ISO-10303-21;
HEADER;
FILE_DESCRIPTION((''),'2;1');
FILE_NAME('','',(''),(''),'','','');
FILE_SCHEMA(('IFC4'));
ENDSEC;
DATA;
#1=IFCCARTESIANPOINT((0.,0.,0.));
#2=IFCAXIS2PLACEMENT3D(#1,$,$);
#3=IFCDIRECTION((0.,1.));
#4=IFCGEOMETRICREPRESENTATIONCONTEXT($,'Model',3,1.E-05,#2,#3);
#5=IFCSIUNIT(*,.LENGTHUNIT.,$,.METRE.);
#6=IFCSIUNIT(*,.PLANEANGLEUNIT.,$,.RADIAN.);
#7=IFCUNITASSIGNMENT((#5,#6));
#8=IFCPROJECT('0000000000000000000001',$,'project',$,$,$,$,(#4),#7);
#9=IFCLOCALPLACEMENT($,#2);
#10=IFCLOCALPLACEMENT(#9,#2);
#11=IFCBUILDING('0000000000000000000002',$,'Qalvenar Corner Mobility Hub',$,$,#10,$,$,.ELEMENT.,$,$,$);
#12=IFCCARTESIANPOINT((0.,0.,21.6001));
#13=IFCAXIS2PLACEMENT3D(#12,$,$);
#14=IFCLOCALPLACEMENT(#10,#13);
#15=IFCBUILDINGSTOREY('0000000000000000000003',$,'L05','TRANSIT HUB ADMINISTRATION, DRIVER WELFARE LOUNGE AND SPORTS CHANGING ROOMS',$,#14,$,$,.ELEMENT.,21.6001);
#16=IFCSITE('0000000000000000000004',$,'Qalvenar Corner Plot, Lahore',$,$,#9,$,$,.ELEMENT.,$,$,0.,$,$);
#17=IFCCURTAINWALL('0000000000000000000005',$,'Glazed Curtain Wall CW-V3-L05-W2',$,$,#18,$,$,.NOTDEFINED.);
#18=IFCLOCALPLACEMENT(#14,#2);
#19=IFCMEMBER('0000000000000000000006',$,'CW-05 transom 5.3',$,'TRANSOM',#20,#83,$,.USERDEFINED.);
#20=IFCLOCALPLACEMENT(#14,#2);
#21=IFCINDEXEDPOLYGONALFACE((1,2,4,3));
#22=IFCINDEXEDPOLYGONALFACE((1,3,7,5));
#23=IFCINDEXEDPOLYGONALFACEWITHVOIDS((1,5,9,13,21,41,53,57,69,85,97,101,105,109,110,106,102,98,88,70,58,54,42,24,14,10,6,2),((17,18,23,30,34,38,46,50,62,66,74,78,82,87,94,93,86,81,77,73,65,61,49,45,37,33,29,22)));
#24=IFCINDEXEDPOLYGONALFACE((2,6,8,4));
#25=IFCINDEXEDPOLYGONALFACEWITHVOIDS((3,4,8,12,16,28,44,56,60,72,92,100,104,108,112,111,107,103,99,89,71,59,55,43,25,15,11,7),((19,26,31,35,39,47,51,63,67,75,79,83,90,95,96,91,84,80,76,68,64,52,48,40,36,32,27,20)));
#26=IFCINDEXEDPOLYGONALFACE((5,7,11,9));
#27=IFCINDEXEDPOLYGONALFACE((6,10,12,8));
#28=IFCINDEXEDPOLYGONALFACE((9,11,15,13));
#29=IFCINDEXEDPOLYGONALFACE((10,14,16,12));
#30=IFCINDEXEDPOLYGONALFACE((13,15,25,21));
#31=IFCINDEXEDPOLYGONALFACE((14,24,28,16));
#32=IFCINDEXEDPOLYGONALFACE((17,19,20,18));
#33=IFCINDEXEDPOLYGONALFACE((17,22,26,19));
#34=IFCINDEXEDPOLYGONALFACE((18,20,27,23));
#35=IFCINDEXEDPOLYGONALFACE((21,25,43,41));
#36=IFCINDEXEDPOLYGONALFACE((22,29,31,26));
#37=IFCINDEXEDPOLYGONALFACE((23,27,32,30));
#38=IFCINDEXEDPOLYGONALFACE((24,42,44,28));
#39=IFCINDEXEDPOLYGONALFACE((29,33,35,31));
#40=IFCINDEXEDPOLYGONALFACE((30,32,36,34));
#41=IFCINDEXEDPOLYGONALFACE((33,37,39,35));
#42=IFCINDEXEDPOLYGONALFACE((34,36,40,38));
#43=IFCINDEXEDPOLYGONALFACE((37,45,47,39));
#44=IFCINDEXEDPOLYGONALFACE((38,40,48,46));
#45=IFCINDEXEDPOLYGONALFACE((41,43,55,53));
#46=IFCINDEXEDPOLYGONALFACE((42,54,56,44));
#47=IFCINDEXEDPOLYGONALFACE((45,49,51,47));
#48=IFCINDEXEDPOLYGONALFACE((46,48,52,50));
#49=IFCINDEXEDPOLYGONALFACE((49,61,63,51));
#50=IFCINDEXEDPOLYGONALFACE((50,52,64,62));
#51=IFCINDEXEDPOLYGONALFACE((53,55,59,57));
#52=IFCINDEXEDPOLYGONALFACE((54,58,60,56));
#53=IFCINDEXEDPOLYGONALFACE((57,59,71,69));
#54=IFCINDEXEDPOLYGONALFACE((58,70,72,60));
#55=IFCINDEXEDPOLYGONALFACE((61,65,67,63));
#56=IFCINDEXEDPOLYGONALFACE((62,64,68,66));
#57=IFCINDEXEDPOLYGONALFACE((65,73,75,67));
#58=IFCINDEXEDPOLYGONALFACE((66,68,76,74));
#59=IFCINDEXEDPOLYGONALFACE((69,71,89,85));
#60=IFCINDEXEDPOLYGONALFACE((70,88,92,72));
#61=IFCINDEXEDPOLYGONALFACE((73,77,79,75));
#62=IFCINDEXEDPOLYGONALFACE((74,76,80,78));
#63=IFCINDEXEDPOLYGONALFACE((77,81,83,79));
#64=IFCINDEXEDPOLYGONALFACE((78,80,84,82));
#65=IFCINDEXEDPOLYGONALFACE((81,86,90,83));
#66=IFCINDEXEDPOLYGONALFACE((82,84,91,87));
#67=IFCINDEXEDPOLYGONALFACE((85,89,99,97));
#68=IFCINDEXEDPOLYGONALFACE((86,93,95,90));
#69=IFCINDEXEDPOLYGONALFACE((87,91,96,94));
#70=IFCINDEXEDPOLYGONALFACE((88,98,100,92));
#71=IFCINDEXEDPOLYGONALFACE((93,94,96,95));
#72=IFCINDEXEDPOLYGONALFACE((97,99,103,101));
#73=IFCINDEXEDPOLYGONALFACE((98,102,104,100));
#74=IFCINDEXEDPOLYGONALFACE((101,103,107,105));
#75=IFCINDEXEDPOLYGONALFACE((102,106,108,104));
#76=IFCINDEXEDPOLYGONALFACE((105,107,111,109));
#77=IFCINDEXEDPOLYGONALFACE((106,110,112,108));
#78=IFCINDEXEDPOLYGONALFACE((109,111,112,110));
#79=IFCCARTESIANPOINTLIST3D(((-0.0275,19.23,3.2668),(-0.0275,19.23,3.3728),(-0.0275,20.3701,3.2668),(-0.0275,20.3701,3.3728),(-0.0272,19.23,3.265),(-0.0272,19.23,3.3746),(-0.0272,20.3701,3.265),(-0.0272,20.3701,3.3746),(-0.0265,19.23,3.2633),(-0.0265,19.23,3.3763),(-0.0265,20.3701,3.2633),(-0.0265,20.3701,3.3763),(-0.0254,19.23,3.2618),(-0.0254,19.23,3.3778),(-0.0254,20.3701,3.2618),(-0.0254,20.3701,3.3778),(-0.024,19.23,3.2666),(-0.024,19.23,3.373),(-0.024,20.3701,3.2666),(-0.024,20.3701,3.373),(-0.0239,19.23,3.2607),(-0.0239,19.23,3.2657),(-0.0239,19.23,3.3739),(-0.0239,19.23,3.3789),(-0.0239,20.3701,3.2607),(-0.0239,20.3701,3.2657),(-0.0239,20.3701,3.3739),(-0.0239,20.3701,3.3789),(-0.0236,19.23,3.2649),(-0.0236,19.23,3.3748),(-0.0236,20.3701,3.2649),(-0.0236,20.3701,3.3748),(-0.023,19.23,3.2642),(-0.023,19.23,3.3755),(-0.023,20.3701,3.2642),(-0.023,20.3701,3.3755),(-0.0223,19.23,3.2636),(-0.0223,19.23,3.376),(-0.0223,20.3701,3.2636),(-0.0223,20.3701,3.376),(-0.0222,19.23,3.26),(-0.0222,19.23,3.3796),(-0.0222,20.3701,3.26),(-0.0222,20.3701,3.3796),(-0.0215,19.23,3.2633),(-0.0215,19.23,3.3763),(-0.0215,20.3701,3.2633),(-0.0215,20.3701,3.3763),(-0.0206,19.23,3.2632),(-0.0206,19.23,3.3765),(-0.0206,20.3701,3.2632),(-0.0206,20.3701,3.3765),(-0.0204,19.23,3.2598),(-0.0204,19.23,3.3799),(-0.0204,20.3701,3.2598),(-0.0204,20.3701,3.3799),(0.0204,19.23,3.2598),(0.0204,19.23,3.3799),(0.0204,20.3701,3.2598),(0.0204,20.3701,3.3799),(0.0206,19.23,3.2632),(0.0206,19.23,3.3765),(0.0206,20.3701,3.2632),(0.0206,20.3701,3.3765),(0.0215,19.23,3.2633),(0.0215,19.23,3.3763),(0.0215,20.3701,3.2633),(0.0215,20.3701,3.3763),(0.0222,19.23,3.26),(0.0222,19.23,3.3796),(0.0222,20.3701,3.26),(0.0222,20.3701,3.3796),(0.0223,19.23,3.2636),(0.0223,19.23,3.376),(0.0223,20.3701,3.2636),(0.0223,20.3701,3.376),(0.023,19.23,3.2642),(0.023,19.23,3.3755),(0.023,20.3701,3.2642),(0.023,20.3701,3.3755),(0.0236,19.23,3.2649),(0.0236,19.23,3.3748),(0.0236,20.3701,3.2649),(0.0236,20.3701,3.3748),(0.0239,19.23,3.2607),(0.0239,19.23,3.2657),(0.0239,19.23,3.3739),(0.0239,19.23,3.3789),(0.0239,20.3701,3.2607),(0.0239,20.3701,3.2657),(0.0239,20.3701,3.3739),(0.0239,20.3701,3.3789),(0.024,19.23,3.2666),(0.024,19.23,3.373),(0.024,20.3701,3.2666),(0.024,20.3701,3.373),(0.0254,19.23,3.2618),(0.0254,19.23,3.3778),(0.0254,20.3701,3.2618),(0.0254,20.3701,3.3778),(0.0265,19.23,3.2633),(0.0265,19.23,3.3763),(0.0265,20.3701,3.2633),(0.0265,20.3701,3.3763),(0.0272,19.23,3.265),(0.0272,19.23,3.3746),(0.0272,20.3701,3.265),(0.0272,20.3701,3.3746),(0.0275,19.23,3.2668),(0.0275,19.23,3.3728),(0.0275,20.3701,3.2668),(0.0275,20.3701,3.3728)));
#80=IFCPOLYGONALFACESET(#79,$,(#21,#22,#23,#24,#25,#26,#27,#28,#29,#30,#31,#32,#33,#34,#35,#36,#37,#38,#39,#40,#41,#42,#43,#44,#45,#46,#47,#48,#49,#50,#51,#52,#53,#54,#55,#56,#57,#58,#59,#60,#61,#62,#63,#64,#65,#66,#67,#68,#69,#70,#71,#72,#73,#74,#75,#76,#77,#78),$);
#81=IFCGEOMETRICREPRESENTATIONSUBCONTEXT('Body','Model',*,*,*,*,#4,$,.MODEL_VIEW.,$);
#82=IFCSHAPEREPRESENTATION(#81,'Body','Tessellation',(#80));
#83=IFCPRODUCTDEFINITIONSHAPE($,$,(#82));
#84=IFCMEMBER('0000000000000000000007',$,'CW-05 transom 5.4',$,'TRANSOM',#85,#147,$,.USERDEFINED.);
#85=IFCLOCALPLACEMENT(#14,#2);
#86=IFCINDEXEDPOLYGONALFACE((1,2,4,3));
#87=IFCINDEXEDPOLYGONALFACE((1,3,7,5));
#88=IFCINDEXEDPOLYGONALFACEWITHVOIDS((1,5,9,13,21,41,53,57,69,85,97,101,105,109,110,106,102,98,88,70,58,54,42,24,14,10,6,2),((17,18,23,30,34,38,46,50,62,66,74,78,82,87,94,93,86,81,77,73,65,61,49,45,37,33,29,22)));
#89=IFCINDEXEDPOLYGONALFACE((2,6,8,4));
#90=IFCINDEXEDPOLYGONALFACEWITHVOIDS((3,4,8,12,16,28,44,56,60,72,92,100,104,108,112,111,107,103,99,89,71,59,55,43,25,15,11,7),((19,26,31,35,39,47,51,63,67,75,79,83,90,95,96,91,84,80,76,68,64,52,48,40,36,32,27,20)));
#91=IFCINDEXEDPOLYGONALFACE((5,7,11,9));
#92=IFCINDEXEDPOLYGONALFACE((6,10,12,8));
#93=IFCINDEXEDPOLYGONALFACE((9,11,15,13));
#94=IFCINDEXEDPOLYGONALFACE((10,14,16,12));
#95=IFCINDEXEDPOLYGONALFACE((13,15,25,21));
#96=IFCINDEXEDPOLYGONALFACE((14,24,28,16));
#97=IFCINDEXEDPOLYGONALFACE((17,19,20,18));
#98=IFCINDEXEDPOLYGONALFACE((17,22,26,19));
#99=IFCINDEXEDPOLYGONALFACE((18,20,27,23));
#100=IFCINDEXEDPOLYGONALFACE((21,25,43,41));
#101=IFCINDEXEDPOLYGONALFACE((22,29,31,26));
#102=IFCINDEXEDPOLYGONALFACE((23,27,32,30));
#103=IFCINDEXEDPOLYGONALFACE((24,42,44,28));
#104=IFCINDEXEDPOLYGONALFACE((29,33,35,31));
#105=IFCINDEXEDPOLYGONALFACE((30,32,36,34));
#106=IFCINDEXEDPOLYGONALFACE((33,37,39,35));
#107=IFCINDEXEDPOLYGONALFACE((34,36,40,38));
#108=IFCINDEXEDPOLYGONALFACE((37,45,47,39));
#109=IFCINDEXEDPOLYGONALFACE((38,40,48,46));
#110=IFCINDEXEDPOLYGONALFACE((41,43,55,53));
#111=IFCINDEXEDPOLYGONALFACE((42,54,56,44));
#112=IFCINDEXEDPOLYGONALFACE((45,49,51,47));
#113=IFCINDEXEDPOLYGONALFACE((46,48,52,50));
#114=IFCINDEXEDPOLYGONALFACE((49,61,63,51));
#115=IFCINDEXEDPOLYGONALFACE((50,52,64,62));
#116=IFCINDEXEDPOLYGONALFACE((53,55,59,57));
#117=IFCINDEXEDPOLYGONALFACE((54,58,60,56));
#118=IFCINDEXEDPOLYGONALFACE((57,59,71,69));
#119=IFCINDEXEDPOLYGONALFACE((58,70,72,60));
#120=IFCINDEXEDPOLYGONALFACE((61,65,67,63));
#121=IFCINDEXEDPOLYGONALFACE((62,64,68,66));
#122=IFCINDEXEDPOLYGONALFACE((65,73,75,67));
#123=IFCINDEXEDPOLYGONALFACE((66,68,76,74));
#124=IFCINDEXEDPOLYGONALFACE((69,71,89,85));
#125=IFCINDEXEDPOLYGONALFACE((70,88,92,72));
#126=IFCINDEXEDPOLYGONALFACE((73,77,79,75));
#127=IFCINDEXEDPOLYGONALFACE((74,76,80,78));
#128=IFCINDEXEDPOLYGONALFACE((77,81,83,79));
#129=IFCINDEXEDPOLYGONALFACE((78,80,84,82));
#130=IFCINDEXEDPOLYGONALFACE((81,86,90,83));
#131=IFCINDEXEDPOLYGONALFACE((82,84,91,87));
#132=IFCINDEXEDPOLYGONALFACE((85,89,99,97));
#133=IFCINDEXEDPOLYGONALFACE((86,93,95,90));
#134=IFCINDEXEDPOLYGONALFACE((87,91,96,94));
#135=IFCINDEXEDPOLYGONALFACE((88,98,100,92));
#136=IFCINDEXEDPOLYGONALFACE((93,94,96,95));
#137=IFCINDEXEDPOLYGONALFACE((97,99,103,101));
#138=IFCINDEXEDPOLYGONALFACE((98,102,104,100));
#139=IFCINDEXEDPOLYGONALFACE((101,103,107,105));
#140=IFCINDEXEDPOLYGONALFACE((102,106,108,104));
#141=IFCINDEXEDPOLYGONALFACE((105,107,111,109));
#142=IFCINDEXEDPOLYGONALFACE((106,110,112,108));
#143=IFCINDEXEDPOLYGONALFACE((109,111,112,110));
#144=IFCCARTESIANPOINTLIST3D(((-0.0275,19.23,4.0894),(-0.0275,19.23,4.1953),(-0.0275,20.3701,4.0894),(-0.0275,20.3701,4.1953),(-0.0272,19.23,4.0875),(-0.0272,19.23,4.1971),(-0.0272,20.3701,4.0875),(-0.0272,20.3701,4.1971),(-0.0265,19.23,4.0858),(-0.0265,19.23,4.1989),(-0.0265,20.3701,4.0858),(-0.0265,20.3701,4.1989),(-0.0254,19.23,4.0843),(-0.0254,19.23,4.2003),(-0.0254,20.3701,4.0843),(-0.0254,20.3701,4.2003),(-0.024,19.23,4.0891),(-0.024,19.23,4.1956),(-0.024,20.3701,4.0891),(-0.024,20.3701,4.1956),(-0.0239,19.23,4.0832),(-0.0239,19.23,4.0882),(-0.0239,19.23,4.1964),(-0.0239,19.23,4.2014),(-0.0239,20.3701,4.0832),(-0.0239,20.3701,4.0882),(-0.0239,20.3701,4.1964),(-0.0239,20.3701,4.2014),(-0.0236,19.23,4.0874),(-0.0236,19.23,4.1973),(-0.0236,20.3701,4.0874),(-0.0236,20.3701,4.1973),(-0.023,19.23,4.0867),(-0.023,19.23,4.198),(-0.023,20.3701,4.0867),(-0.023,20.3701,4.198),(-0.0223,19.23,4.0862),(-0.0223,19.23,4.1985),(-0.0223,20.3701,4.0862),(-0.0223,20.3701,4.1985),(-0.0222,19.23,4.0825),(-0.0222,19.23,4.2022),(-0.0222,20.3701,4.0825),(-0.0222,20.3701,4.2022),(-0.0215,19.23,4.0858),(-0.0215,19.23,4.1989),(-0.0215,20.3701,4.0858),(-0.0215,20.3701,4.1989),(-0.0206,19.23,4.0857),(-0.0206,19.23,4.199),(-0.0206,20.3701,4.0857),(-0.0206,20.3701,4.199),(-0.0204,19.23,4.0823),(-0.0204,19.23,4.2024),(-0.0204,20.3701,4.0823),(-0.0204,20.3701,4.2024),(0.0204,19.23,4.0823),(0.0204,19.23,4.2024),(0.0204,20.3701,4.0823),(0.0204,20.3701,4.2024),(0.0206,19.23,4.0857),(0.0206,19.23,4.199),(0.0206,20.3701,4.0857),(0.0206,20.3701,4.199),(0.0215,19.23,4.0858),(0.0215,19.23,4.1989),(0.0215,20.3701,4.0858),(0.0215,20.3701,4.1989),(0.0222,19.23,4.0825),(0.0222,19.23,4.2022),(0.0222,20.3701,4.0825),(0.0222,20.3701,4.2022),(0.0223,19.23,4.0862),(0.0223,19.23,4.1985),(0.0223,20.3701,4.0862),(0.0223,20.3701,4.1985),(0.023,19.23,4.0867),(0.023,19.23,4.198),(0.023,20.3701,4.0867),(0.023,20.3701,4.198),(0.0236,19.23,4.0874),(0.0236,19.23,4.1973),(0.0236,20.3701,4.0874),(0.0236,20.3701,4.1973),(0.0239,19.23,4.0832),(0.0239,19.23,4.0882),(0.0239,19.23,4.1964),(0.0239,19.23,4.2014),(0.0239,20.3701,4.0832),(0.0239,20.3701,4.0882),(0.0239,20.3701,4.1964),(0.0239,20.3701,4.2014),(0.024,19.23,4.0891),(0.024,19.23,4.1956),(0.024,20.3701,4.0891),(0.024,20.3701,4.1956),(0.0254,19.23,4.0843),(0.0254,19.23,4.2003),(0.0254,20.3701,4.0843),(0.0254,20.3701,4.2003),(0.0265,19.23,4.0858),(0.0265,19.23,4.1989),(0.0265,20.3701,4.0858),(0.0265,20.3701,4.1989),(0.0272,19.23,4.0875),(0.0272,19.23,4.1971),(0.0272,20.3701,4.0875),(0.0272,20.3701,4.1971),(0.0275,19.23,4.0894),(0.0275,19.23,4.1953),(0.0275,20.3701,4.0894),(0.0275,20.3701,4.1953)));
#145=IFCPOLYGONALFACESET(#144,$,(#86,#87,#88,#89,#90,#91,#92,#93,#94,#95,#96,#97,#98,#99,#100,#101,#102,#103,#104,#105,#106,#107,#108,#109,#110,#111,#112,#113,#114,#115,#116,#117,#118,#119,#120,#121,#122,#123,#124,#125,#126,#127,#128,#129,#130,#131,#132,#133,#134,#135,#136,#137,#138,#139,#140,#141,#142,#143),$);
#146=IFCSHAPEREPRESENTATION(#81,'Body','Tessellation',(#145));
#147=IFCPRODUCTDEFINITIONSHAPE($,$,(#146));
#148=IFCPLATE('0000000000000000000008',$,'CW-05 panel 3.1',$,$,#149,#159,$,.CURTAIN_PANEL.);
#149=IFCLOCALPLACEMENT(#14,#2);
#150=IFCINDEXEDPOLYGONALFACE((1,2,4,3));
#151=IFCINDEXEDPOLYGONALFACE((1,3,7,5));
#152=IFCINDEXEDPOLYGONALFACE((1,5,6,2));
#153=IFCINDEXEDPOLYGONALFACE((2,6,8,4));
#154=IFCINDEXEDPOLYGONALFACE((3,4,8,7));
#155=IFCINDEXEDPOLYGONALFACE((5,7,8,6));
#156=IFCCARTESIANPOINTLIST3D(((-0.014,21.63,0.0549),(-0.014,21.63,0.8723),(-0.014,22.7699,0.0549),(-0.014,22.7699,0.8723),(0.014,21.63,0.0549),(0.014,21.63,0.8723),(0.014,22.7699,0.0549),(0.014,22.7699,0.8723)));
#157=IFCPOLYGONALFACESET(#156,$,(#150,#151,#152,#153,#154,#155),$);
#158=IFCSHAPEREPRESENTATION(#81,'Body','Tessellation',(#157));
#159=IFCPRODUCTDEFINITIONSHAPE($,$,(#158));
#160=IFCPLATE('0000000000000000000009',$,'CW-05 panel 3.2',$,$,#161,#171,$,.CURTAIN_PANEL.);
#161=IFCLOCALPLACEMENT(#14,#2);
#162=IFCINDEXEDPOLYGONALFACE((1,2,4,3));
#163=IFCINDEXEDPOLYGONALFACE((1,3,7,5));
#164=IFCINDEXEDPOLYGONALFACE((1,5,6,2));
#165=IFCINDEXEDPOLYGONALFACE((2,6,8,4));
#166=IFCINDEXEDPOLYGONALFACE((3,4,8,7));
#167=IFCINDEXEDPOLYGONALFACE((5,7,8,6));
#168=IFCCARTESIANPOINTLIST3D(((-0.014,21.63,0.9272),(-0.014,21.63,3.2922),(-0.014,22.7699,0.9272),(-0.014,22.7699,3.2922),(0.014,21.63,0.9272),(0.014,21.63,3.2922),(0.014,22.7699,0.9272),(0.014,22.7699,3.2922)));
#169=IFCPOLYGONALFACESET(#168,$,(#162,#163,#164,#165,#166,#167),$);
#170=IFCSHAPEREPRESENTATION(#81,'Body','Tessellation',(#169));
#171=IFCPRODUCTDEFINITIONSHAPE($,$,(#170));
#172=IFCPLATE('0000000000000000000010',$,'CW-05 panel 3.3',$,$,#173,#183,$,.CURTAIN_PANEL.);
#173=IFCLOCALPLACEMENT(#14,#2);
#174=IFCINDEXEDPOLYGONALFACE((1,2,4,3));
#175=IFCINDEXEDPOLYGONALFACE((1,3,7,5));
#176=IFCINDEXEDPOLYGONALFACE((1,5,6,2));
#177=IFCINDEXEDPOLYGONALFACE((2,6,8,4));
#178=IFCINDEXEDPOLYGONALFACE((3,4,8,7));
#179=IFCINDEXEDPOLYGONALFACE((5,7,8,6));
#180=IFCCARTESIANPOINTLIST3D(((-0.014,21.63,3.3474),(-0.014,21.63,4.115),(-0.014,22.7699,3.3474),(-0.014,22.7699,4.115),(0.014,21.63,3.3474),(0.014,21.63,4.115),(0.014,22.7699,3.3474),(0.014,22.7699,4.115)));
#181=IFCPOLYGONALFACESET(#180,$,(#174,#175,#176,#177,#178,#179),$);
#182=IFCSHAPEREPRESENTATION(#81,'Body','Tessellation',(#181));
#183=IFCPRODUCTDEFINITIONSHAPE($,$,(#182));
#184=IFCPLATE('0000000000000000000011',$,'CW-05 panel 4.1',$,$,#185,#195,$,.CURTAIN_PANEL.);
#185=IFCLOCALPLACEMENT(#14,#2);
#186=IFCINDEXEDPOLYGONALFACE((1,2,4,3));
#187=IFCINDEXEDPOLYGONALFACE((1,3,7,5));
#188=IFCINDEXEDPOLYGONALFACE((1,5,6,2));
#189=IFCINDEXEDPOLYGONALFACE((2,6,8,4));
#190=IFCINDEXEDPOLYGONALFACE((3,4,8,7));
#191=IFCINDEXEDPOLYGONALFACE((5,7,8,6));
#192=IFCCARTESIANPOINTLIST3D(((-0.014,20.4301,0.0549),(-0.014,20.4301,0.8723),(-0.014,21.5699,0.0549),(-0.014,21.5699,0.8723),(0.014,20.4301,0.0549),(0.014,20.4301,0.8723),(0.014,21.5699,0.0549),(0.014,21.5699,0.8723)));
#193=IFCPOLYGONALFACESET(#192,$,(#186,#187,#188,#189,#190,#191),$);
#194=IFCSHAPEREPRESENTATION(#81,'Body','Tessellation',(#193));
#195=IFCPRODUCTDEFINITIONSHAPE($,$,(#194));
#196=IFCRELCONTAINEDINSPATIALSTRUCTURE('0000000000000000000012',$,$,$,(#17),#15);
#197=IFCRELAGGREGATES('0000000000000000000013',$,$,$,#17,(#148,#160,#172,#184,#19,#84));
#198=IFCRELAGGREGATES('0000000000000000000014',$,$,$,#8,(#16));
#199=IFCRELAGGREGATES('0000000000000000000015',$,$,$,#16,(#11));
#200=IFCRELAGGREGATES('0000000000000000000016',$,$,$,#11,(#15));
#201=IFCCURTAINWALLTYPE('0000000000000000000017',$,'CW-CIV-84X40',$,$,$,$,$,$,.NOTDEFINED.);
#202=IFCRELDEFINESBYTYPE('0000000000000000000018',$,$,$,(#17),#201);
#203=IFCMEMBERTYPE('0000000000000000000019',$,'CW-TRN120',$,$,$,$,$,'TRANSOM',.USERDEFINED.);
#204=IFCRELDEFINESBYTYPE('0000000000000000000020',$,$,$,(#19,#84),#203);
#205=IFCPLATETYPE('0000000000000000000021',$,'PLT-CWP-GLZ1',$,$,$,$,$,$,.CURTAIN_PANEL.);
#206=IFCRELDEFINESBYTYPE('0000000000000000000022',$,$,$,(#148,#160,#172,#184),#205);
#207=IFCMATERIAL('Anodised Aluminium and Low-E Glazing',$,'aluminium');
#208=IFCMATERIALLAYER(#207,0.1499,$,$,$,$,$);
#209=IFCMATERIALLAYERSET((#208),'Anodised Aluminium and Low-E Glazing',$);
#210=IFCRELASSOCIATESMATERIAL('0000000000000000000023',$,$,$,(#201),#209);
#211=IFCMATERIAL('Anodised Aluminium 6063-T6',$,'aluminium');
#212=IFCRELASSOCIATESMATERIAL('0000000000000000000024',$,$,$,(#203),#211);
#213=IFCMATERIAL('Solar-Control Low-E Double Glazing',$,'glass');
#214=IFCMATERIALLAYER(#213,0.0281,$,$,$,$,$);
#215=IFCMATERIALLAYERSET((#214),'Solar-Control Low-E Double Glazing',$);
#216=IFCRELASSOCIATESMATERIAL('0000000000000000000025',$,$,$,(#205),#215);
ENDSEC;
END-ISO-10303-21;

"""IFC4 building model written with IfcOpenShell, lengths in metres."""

from ifc_helpers import new_model, si_unit, direction, frame, origin, origin_2d, place, context, subcontext, project, spatial, rectangle, hollow_rectangle, extrude, material, layer, layer_set, material_profile, profile_set, type_object, element, aggregate, save


model = new_model("IFC4")

# Units and contexts
model_context = context("Model", 3, precision=1e-05, world=origin(), true_north=direction((0.0, 1.0)))
body_context = subcontext(model_context, "Body", "Model", "MODEL_VIEW")
ifc_project = project(units=[si_unit("LENGTHUNIT", "METRE"), si_unit("PLANEANGLEUNIT", "RADIAN")], contexts=[model_context])

# Site, building, storey
site_placement = place(None, origin())
site = spatial("IfcSite", under=ifc_project, at=site_placement, Name="Qalvenar Corner Plot, Lahore", CompositionType="ELEMENT", RefElevation=0.0)
building_placement = place(site_placement, origin())
building = spatial("IfcBuilding", under=site, at=building_placement, Name="Qalvenar Corner Mobility Hub", CompositionType="ELEMENT")
storey_placement = place(building_placement, frame((0.0, 0.0, 21.6001)))
storey = spatial("IfcBuildingStorey", under=building, at=storey_placement, Name="L05", Description="TRANSIT HUB ADMINISTRATION, DRIVER WELFARE LOUNGE AND SPORTS CHANGING ROOMS", CompositionType="ELEMENT", Elevation=21.6001)

# Curtain wall, members, plates
ifc_material_1 = material(Name="Anodised Aluminium and Low-E Glazing", Category="aluminium")
ifc_layer_1 = layer(ifc_material_1, 0.1499)
ifc_layer_set_1 = layer_set([ifc_layer_1], Name="Anodised Aluminium and Low-E Glazing")
curtain_wall_type = type_object("IfcCurtainWallType", Name="CW-CIV-84X40", PredefinedType="NOTDEFINED", material=ifc_layer_set_1)
curtain_wall_placement = place(storey_placement, origin())
curtain_wall = element("IfcCurtainWall", 1, at=curtain_wall_placement, inside=storey, type_object=curtain_wall_type, Name="Glazed Curtain Wall CW-V3-L05-W2", PredefinedType="NOTDEFINED")
ifc_material_2 = material(Name="Anodised Aluminium 6063-T6", Category="aluminium")
ifc_material_profile_1 = material_profile(ifc_material_2, hollow_rectangle(XDim=0.0549, YDim=0.1201, WallThickness=0.0034, InnerFilletRadius=0.0034, OuterFilletRadius=0.0071, at=origin_2d()), Name="RHS120x55x3.5")
ifc_profile_set_1 = profile_set([ifc_material_profile_1], Name="Anodised Aluminium 6063-T6")
member_type_1 = type_object("IfcMemberType", Name="CW-TRN120", ElementType="TRANSOM", PredefinedType="USERDEFINED", material=ifc_profile_set_1)
member_1_placement = place(storey_placement, frame((0.0, 20.3701, 3.3198), z_axis=(0.0, -1.0, 0.0), x_axis=(1.0, 0.0, 0.0)))
member_1 = element("IfcMember", 2, at=member_1_placement, type_object=member_type_1, Name="CW-05 transom 5.3", ObjectType="TRANSOM", PredefinedType="USERDEFINED", context=body_context, shape_type="SweptSolid", body=[
    extrude(hollow_rectangle(XDim=0.0549, YDim=0.1201, WallThickness=0.0034, InnerFilletRadius=0.0034, OuterFilletRadius=0.0071, at=origin_2d()), origin(), (0.0, 0.0, 1.0), 1.1401),
])
member_2_placement = place(storey_placement, frame((0.0, 20.3701, 4.1423), z_axis=(0.0, -1.0, 0.0), x_axis=(1.0, 0.0, 0.0)))
member_2 = element("IfcMember", 3, at=member_2_placement, type_object=member_type_1, Name="CW-05 transom 5.4", ObjectType="TRANSOM", PredefinedType="USERDEFINED", context=body_context, shape_type="SweptSolid", body=[
    extrude(hollow_rectangle(XDim=0.0549, YDim=0.1201, WallThickness=0.0034, InnerFilletRadius=0.0034, OuterFilletRadius=0.0071, at=origin_2d()), origin(), (0.0, 0.0, 1.0), 1.1401),
])
ifc_material_3 = material(Name="Solar-Control Low-E Double Glazing", Category="glass")
ifc_layer_2 = layer(ifc_material_3, 0.0281)
ifc_layer_set_2 = layer_set([ifc_layer_2], Name="Solar-Control Low-E Double Glazing")
plate_type = type_object("IfcPlateType", Name="PLT-CWP-GLZ1", PredefinedType="CURTAIN_PANEL", material=ifc_layer_set_2)
plate_1_placement = place(storey_placement, frame((0.0, 22.2, 0.0549), z_axis=(0.0, 0.0, 1.0), x_axis=(0.0, -1.0, 0.0)))
plate_1 = element("IfcPlate", 4, at=plate_1_placement, type_object=plate_type, Name="CW-05 panel 3.1", PredefinedType="CURTAIN_PANEL", context=body_context, shape_type="SweptSolid", body=[
    extrude(rectangle(XDim=1.1399, YDim=0.0281, at=origin_2d()), origin(), (0.0, 0.0, 1.0), 0.8174),
])
plate_2_placement = place(storey_placement, frame((0.0, 22.2, 0.9272), z_axis=(0.0, 0.0, 1.0), x_axis=(0.0, -1.0, 0.0)))
plate_2 = element("IfcPlate", 5, at=plate_2_placement, type_object=plate_type, Name="CW-05 panel 3.2", PredefinedType="CURTAIN_PANEL", context=body_context, shape_type="SweptSolid", body=[
    extrude(rectangle(XDim=1.1399, YDim=0.0281, at=origin_2d()), origin(), (0.0, 0.0, 1.0), 2.365),
])
plate_3_placement = place(storey_placement, frame((0.0, 22.2, 3.3474), z_axis=(0.0, 0.0, 1.0), x_axis=(0.0, -1.0, 0.0)))
plate_3 = element("IfcPlate", 6, at=plate_3_placement, type_object=plate_type, Name="CW-05 panel 3.3", PredefinedType="CURTAIN_PANEL", context=body_context, shape_type="SweptSolid", body=[
    extrude(rectangle(XDim=1.1399, YDim=0.0281, at=origin_2d()), origin(), (0.0, 0.0, 1.0), 0.7676),
])
plate_4_placement = place(storey_placement, frame((0.0, 21.0, 0.0549), z_axis=(0.0, 0.0, 1.0), x_axis=(0.0, -1.0, 0.0)))
plate_4 = element("IfcPlate", 7, at=plate_4_placement, type_object=plate_type, Name="CW-05 panel 4.1", PredefinedType="CURTAIN_PANEL", context=body_context, shape_type="SweptSolid", body=[
    extrude(rectangle(XDim=1.1399, YDim=0.0281, at=origin_2d()), origin(), (0.0, 0.0, 1.0), 0.8174),
])
aggregate(curtain_wall, [plate_1, plate_2, plate_3, plate_4, member_1, member_2])

save(model, "model.ifc")
